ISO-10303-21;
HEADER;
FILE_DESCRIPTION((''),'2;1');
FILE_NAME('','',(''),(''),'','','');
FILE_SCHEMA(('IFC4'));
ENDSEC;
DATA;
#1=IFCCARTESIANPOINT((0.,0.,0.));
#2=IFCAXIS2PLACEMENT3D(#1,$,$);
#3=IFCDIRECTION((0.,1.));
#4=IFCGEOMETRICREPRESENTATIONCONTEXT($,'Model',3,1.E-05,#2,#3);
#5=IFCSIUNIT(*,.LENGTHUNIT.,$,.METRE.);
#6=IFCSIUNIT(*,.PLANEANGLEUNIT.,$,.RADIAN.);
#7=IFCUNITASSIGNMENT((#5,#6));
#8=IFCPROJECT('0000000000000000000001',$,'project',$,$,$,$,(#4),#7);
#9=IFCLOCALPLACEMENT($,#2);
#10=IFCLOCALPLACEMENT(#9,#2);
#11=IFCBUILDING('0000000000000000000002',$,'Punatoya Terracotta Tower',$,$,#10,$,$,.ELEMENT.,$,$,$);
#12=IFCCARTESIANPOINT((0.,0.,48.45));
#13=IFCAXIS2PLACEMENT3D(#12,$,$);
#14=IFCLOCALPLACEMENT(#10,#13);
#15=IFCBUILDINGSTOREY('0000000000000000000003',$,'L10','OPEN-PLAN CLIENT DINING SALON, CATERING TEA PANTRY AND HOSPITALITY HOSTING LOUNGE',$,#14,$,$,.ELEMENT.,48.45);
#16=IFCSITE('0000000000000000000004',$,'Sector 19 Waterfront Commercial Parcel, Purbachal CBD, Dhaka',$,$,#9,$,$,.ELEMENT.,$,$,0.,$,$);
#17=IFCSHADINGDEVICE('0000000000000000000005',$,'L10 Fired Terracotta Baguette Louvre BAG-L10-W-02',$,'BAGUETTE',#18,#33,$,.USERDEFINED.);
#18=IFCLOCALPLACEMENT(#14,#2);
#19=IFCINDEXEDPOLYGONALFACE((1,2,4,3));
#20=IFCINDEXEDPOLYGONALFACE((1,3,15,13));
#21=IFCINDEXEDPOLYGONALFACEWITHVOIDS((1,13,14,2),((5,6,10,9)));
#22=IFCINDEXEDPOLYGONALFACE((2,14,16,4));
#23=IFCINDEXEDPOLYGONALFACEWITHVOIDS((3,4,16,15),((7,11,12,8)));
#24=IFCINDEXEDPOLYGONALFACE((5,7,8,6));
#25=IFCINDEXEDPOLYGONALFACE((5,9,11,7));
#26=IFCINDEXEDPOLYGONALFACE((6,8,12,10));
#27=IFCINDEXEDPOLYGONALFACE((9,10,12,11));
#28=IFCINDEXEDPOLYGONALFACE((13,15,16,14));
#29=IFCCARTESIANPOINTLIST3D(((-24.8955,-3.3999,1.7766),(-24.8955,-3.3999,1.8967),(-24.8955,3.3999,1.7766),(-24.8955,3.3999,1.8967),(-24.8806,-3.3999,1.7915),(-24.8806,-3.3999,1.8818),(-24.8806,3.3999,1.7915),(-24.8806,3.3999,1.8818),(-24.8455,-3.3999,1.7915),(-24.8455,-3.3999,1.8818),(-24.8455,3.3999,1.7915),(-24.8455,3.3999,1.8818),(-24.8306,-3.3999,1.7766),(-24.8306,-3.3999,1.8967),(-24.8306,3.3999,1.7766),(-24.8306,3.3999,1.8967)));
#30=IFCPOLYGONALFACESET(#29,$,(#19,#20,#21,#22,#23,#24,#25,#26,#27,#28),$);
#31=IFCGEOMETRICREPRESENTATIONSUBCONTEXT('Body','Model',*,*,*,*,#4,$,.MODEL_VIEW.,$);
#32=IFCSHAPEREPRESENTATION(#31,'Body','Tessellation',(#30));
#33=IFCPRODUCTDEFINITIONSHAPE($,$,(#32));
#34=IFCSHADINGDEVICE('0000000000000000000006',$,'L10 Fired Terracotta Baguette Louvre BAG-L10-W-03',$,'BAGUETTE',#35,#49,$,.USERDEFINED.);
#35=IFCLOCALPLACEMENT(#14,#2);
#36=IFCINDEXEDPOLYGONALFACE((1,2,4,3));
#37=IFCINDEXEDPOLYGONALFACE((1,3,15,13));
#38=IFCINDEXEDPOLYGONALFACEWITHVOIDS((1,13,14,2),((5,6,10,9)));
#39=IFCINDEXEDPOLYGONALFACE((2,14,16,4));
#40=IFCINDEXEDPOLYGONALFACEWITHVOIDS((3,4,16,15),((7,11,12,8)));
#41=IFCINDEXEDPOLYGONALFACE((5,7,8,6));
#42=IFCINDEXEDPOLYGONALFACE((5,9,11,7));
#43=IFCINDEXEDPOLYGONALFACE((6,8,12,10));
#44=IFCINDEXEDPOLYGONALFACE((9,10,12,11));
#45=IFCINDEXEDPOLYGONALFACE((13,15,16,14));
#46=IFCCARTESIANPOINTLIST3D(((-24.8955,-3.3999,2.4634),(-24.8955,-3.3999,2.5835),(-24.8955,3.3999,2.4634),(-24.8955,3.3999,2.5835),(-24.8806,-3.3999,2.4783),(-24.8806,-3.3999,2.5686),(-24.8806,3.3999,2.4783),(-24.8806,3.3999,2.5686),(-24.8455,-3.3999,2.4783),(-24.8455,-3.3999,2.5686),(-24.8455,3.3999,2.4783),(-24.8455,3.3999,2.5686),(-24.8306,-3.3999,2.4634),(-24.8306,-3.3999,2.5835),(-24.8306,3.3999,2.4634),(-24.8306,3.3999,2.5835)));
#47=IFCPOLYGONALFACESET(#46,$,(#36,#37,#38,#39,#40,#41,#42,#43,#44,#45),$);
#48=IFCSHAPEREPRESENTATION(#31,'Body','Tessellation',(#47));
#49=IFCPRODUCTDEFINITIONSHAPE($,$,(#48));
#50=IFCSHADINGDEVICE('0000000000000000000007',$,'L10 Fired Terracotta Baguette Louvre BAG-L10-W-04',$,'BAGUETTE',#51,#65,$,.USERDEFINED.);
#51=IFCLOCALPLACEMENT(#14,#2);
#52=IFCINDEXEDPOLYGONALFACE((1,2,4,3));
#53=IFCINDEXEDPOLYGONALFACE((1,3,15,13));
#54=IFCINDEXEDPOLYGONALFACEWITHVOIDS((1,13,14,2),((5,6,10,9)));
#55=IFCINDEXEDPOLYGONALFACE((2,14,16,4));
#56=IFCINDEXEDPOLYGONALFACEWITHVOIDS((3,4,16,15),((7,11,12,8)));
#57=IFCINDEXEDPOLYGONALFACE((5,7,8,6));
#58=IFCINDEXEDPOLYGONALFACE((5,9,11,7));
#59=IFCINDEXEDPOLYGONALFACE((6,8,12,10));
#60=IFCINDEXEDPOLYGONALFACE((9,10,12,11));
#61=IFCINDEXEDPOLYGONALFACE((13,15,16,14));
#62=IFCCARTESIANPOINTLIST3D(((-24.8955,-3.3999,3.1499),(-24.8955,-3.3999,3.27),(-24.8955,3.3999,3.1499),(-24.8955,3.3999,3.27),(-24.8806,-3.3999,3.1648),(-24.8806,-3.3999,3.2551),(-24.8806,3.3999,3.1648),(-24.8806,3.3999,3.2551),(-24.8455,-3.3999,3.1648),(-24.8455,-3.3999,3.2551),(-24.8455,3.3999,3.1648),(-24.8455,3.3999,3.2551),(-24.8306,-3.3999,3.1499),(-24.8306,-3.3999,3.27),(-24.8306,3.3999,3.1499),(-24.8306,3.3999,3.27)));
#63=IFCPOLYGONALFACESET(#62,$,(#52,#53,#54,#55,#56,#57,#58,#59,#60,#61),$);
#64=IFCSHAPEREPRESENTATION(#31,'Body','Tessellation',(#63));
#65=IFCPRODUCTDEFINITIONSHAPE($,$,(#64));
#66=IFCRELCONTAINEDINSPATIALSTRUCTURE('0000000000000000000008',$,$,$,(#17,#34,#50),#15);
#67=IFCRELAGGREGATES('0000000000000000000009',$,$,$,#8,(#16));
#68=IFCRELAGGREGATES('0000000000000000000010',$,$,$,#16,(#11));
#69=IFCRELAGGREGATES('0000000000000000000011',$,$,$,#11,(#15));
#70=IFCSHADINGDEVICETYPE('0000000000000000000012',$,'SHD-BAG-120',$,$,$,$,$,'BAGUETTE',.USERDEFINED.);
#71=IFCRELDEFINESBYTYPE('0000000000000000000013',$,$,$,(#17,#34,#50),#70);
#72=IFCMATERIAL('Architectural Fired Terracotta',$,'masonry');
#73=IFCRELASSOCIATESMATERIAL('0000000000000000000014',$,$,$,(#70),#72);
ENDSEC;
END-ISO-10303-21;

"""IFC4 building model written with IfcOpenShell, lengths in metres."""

from ifc_helpers import new_model, si_unit, direction, frame, origin, origin_2d, place, context, subcontext, project, spatial, hollow_rectangle, extrude, material, material_profile, profile_set, type_object, element, save


model = new_model("IFC4")

# Units and contexts
model_context = context("Model", 3, precision=1e-05, world=origin(), true_north=direction((0.0, 1.0)))
body_context = subcontext(model_context, "Body", "Model", "MODEL_VIEW")
ifc_project = project(units=[si_unit("LENGTHUNIT", "METRE"), si_unit("PLANEANGLEUNIT", "RADIAN")], contexts=[model_context])

# Site, building, storey
site_placement = place(None, origin())
site = spatial("IfcSite", under=ifc_project, at=site_placement, Name="Sector 19 Waterfront Commercial Parcel, Purbachal CBD, Dhaka", CompositionType="ELEMENT", RefElevation=0.0)
building_placement = place(site_placement, origin())
building = spatial("IfcBuilding", under=site, at=building_placement, Name="Punatoya Terracotta Tower", CompositionType="ELEMENT")
storey_placement = place(building_placement, frame((0.0, 0.0, 48.45)))
storey = spatial("IfcBuildingStorey", under=building, at=storey_placement, Name="L10", Description="OPEN-PLAN CLIENT DINING SALON, CATERING TEA PANTRY AND HOSPITALITY HOSTING LOUNGE", CompositionType="ELEMENT", Elevation=48.45)

# Shading devices
ifc_material_1 = material(Name="Architectural Fired Terracotta", Category="masonry")
ifc_material_profile_1 = material_profile(ifc_material_1, hollow_rectangle(XDim=0.0649, YDim=0.1201, WallThickness=0.0149, at=origin_2d()))
ifc_profile_set_1 = profile_set([ifc_material_profile_1], Name="Architectural Fired Terracotta")
shading_device_type = type_object("IfcShadingDeviceType", Name="SHD-BAG-120", ElementType="BAGUETTE", PredefinedType="USERDEFINED", material=ifc_profile_set_1)
for number, where, z_axis, x_axis, name in (
    (1, (-24.863, -3.3999, 1.8367), (0.0, 1.0, 0.0), (-1.0, 0.0, 0.0), "L10 Fired Terracotta Baguette Louvre BAG-L10-W-02"),
    (2, (-24.863, -3.3999, 2.5234), (0.0, 1.0, 0.0), (-1.0, 0.0, 0.0), "L10 Fired Terracotta Baguette Louvre BAG-L10-W-03"),
    (3, (-24.863, -3.3999, 3.21), (0.0, 1.0, 0.0), (-1.0, 0.0, 0.0), "L10 Fired Terracotta Baguette Louvre BAG-L10-W-04"),
):
    element("IfcShadingDevice", number, at=place(storey_placement, frame(where, z_axis=z_axis, x_axis=x_axis)), inside=storey, type_object=shading_device_type, Name=name, ObjectType="BAGUETTE", PredefinedType="USERDEFINED", context=body_context, shape_type="SweptSolid", body=[
        extrude(hollow_rectangle(XDim=0.0649, YDim=0.1201, WallThickness=0.0149, at=origin_2d()), origin(), (0.0, 0.0, 1.0), 6.7998),
    ])

save(model, "model.ifc")
